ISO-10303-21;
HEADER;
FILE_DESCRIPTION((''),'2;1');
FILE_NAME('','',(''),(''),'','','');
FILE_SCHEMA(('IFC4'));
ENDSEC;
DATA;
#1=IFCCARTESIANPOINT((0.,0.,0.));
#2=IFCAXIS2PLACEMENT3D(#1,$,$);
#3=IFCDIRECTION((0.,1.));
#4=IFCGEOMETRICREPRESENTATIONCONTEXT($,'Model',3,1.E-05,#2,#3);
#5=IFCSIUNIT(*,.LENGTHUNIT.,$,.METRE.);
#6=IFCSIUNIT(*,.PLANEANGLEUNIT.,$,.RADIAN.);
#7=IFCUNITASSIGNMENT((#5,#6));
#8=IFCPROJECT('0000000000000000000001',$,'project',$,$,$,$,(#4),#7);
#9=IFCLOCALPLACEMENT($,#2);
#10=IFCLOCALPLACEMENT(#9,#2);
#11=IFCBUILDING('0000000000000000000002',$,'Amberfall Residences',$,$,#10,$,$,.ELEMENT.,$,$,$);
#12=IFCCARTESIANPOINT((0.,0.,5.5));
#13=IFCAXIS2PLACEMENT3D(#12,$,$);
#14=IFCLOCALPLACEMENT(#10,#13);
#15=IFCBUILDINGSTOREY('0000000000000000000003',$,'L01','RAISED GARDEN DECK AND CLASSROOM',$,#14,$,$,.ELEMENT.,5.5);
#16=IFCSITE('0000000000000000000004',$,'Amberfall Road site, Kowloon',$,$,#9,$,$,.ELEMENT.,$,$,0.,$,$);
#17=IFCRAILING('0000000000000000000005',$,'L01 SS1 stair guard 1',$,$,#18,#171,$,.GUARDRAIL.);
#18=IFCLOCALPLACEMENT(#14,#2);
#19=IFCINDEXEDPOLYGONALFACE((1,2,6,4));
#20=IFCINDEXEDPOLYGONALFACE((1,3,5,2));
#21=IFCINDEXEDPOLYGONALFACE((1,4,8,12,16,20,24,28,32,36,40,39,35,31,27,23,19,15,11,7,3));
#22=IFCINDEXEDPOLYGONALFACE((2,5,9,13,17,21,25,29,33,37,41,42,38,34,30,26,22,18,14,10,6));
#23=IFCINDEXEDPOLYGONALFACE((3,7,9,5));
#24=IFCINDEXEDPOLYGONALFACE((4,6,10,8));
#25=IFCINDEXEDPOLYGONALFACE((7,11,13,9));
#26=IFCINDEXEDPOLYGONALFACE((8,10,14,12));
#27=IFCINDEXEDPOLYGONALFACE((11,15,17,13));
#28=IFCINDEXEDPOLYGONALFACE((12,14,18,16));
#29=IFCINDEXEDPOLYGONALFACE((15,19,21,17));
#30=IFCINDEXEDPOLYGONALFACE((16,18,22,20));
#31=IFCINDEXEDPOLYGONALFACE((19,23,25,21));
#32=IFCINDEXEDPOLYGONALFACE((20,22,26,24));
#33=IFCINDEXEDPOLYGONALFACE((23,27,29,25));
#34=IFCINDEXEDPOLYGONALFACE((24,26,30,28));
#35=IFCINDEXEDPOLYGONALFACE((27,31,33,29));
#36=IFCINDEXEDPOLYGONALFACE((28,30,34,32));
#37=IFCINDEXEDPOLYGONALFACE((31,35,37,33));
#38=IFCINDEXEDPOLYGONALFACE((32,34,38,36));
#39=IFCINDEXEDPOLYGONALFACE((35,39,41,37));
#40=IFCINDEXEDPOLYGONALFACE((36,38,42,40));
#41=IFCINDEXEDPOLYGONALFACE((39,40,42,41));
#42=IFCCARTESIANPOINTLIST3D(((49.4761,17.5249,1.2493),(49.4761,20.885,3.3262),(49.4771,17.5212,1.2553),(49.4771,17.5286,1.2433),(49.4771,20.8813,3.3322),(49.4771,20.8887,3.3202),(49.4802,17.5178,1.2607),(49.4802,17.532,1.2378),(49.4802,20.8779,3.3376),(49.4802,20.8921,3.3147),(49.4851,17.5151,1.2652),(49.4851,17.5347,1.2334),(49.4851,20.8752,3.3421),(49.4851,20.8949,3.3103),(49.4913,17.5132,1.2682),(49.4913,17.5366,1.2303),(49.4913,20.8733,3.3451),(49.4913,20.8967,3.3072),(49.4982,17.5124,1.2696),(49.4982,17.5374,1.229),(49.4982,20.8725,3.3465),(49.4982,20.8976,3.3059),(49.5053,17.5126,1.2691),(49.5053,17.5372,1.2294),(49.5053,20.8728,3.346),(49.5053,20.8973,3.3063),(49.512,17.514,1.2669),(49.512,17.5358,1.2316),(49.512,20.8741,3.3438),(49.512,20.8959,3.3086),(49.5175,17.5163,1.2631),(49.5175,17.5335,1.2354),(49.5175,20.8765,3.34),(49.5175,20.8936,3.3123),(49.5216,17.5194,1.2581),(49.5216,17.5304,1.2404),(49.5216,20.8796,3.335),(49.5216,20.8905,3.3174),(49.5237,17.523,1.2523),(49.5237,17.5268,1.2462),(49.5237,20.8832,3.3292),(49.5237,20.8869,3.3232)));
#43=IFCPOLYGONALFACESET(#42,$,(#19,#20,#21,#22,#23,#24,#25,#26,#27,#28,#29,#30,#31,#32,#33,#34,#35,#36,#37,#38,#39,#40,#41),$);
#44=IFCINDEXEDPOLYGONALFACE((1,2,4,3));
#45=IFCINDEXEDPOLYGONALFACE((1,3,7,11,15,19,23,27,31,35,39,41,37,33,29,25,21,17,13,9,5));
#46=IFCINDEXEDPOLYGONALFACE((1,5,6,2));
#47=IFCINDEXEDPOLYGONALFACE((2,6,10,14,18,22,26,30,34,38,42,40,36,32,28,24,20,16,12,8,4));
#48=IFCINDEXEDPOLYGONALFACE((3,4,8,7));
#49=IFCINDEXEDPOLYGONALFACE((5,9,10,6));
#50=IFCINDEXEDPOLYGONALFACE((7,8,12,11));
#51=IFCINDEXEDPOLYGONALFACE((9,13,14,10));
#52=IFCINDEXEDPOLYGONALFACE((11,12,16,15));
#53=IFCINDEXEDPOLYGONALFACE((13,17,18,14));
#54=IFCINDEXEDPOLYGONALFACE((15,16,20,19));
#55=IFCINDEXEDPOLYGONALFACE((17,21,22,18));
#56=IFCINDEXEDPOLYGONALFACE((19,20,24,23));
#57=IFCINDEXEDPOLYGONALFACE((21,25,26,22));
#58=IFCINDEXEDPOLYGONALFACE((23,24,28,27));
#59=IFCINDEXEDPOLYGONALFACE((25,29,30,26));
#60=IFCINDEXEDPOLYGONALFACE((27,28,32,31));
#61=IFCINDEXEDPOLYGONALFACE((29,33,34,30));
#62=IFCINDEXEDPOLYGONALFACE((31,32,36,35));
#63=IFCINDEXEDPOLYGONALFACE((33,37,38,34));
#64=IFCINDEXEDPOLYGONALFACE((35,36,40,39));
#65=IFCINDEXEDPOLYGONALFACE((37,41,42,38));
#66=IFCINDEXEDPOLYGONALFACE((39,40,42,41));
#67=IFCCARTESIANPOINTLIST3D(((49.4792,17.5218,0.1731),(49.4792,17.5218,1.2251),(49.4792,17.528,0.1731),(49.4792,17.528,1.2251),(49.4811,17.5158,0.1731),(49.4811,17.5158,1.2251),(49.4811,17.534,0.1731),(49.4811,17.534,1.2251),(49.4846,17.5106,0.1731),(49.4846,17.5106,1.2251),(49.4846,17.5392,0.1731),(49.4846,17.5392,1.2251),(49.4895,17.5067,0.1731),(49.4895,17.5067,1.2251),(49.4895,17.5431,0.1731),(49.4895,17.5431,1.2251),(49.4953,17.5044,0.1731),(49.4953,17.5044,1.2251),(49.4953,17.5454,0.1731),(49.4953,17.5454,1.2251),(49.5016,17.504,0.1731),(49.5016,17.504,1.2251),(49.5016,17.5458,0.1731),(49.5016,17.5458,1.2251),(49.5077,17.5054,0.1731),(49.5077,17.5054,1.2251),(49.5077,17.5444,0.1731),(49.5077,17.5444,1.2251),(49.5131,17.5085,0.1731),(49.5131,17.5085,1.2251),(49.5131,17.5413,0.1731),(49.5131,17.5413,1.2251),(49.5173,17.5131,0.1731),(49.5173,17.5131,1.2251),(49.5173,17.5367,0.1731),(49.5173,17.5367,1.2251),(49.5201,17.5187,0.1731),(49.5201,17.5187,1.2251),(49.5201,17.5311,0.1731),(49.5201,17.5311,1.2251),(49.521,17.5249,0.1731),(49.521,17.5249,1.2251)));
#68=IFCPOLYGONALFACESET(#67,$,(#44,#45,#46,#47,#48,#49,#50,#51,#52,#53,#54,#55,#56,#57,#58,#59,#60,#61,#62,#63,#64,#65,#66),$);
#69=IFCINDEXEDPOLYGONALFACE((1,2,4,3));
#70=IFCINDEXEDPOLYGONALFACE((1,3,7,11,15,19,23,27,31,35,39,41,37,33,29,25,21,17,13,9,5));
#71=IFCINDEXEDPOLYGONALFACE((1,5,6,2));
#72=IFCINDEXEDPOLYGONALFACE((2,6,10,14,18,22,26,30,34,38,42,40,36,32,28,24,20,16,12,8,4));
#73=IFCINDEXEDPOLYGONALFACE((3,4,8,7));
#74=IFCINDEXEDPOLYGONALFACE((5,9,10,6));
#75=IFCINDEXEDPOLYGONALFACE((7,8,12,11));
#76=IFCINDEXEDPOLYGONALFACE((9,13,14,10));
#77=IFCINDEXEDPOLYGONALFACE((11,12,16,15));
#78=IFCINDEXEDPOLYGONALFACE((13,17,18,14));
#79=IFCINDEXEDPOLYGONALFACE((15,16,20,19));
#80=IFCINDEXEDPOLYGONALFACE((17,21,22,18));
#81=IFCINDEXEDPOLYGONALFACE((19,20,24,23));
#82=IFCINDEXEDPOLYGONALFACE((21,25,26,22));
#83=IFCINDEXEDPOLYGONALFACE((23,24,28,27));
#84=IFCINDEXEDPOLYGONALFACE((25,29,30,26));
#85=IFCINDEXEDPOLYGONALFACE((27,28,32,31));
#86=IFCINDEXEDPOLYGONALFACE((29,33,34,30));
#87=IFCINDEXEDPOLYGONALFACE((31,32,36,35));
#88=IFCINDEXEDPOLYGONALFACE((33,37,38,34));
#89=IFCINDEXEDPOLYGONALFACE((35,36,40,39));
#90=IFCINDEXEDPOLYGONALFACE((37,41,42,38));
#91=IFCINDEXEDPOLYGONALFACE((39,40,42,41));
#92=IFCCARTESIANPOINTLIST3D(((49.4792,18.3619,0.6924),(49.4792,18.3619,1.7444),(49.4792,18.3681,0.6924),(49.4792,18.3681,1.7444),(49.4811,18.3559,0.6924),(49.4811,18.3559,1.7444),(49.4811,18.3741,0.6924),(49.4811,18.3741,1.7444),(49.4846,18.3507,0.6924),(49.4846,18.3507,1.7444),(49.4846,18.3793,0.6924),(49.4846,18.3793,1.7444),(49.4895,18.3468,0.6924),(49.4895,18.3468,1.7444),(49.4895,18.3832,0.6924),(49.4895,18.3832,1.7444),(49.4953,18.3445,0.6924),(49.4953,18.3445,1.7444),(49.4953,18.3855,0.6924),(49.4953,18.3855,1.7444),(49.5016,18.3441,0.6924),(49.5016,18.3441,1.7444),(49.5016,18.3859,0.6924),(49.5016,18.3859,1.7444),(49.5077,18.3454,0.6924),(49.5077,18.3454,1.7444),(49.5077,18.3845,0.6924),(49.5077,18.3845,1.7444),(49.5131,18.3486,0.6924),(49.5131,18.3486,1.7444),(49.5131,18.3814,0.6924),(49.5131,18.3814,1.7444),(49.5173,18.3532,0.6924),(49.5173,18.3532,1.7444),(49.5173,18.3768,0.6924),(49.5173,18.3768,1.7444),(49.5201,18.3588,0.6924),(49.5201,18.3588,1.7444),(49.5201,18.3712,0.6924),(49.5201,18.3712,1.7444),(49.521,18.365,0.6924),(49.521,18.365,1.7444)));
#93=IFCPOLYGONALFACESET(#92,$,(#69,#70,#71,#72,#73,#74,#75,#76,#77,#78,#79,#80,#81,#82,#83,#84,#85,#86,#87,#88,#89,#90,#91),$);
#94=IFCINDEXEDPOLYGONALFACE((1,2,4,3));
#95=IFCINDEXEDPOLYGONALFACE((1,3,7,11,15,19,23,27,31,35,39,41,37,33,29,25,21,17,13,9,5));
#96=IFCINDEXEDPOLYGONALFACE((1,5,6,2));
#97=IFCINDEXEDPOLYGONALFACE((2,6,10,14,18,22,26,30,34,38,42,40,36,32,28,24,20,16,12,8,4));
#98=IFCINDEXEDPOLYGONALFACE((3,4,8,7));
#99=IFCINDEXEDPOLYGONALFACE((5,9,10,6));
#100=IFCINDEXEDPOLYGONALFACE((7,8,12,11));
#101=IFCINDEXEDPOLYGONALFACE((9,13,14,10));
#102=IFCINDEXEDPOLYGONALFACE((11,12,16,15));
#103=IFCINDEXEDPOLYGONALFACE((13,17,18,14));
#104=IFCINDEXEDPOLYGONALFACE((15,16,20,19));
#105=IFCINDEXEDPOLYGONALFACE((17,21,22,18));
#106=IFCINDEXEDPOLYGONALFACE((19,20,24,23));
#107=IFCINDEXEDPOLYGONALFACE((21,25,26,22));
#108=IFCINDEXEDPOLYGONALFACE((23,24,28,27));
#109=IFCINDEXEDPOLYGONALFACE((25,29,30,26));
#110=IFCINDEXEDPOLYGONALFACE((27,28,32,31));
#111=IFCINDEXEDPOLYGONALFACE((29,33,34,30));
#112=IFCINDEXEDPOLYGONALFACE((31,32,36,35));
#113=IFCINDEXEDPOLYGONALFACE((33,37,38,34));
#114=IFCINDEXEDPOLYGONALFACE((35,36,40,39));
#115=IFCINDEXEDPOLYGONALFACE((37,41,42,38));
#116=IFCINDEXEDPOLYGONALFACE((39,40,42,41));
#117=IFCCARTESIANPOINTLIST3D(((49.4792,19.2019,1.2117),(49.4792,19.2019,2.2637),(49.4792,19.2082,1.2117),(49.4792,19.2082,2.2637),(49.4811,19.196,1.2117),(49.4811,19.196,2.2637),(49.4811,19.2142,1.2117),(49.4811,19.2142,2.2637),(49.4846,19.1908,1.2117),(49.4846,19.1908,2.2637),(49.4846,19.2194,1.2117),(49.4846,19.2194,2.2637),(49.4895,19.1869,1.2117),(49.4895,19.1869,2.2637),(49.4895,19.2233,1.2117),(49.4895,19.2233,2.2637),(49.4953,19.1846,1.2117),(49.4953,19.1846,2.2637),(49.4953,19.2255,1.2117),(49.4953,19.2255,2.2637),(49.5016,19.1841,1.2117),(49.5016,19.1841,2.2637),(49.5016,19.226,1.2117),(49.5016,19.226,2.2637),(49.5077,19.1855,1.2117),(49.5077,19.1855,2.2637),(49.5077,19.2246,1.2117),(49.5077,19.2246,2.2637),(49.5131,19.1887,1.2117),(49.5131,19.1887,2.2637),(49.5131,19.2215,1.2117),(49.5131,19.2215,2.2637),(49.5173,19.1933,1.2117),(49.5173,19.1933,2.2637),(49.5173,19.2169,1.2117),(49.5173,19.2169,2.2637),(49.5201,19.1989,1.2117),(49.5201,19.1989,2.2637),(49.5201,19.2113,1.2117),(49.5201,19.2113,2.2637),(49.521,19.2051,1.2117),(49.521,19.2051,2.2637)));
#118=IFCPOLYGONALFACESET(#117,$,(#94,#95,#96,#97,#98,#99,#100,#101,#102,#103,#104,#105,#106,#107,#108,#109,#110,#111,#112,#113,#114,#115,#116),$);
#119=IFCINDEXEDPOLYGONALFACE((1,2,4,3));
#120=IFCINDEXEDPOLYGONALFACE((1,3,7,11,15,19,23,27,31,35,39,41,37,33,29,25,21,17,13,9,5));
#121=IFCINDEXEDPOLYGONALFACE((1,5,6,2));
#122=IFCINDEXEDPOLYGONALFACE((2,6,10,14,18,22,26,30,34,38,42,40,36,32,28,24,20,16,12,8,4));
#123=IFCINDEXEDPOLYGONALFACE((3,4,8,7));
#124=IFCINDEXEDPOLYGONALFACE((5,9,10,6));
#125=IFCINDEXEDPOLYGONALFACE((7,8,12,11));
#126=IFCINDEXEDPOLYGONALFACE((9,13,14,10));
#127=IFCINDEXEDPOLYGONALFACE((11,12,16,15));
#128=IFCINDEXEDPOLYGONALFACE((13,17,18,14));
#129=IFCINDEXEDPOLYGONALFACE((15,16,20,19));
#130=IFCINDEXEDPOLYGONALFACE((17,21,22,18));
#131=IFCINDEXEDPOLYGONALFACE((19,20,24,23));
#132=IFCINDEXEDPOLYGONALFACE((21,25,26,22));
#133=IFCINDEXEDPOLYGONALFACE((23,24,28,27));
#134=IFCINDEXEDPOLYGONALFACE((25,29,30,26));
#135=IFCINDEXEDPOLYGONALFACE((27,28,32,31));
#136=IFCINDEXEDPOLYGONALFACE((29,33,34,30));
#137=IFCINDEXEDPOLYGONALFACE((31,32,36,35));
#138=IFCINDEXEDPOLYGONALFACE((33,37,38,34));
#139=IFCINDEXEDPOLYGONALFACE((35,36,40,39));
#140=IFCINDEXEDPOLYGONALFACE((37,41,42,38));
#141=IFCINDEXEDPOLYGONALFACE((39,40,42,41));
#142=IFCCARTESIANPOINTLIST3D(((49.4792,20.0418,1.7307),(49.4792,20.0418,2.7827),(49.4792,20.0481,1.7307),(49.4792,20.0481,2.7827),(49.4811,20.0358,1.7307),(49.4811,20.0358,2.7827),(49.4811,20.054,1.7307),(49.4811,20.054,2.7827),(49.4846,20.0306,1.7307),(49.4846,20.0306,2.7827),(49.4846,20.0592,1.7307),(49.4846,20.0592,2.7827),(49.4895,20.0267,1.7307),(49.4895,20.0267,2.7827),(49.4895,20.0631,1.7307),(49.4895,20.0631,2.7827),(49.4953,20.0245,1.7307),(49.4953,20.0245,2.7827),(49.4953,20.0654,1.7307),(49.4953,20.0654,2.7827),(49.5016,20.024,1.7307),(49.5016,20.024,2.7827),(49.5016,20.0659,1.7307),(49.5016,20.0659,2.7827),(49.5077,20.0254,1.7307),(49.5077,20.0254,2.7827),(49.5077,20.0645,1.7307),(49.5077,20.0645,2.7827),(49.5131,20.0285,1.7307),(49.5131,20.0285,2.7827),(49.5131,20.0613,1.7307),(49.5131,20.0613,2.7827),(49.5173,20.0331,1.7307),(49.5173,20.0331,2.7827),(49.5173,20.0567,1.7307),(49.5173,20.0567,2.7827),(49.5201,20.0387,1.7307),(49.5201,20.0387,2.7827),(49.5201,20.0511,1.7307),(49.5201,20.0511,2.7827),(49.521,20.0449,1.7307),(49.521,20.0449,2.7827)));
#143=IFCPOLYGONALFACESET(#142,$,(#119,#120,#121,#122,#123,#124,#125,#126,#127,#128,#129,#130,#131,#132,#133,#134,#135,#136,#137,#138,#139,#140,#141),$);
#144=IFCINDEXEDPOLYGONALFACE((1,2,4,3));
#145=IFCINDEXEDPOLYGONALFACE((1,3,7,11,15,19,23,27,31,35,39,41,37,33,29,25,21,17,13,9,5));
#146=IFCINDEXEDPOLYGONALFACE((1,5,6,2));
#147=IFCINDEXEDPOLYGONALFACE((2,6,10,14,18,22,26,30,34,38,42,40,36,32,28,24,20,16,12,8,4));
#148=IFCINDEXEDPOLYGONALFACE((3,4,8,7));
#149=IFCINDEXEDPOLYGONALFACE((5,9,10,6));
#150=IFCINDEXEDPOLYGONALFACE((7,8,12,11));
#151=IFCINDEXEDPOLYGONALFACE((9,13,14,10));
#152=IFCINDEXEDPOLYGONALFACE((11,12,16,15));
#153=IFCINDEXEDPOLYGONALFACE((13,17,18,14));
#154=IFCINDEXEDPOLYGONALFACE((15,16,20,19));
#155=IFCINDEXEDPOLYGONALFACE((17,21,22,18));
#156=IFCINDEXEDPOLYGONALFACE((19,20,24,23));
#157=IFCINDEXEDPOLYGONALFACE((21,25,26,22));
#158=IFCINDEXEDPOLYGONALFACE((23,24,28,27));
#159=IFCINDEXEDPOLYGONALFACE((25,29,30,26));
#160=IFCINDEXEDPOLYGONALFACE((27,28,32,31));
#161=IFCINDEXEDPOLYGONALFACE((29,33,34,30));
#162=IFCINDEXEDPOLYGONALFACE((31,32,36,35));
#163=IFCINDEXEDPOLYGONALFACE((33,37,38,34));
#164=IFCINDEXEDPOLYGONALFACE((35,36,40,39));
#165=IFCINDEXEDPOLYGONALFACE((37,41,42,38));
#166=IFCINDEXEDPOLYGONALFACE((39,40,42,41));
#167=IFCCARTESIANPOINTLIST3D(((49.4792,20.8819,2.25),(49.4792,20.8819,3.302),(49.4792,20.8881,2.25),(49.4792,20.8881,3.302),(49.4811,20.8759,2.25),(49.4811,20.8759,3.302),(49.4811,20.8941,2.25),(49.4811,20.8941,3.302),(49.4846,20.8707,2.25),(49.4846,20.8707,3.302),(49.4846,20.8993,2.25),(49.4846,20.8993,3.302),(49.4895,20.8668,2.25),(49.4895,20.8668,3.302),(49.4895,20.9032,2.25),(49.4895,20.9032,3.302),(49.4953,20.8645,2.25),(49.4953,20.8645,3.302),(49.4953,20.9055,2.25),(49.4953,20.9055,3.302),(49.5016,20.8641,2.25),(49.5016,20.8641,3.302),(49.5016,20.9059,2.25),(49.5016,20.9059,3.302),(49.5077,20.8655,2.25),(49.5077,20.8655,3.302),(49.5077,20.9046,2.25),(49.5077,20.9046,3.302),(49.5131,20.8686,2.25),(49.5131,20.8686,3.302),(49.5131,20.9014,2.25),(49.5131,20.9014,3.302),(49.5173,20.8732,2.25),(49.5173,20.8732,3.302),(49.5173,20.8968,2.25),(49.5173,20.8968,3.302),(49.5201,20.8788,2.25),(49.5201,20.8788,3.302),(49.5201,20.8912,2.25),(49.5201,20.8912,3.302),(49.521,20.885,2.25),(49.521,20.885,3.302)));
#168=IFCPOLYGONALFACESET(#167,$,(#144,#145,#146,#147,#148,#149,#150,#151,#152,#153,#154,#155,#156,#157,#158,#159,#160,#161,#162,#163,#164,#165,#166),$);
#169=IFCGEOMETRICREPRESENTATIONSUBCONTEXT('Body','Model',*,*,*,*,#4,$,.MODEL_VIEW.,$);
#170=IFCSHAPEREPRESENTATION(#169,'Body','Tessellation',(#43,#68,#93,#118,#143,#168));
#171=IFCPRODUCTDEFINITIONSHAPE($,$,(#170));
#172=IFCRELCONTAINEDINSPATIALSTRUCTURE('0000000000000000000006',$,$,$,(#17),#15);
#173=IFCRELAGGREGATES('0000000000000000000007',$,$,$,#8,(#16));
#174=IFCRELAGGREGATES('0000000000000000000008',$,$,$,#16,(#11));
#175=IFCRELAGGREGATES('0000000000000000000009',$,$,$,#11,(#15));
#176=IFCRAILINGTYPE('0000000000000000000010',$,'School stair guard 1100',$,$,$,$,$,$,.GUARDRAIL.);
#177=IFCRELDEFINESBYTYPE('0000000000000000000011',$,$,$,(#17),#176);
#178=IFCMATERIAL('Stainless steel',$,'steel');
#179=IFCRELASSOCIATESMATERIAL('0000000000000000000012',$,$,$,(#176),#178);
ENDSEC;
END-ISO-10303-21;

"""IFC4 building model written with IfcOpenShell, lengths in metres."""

from ifc_helpers import new_model, si_unit, direction, frame, origin, origin_2d, place, context, subcontext, project, spatial, circle, extrude, material, type_object, element, save


model = new_model("IFC4")

# Units and contexts
model_context = context("Model", 3, precision=1e-05, world=origin(), true_north=direction((0.0, 1.0)))
body_context = subcontext(model_context, "Body", "Model", "MODEL_VIEW")
ifc_project = project(units=[si_unit("LENGTHUNIT", "METRE"), si_unit("PLANEANGLEUNIT", "RADIAN")], contexts=[model_context])

# Site, building, storey
site_placement = place(None, origin())
site = spatial("IfcSite", under=ifc_project, at=site_placement, Name="Amberfall Road site, Kowloon", CompositionType="ELEMENT", RefElevation=0.0)
building_placement = place(site_placement, origin())
building = spatial("IfcBuilding", under=site, at=building_placement, Name="Amberfall Residences", CompositionType="ELEMENT")
storey_placement = place(building_placement, frame((0.0, 0.0, 5.5)))
storey = spatial("IfcBuildingStorey", under=building, at=storey_placement, Name="L01", Description="RAISED GARDEN DECK AND CLASSROOM", CompositionType="ELEMENT", Elevation=5.5)

# Railing
ifc_material_1 = material(Name="Stainless steel", Category="steel")
railing_type_1 = type_object("IfcRailingType", Name="School stair guard 1100", PredefinedType="GUARDRAIL", material=ifc_material_1)
railing_1_placement = place(storey_placement, frame((49.5, 17.5249, 0.1731)))
element("IfcRailing", 1, at=railing_1_placement, inside=storey, type_object=railing_type_1, Name="L01 SS1 stair guard 1", PredefinedType="GUARDRAIL", context=body_context, shape_type="SweptSolid", body=[
    extrude(circle(Radius=0.0239, at=origin_2d()), frame((0.0, 0.0, 1.0762), z_axis=(0.0, 0.850623, 0.525776), x_axis=(-1.0, 0.0, 0.0)), (0.0, 0.0, 1.0), 3.9502),
    extrude(circle(Radius=0.021, at=origin_2d()), origin(), (0.0, 0.0, 1.0), 1.052),
    extrude(circle(Radius=0.021, at=origin_2d()), frame((0.0, 0.8401, 0.5193)), (0.0, 0.0, 1.0), 1.052),
    extrude(circle(Radius=0.021, at=origin_2d()), frame((0.0, 1.6802, 1.0386)), (0.0, 0.0, 1.0), 1.052),
    extrude(circle(Radius=0.021, at=origin_2d()), frame((0.0, 2.52, 1.5576)), (0.0, 0.0, 1.0), 1.052),
    extrude(circle(Radius=0.021, at=origin_2d()), frame((0.0, 3.3601, 2.0769)), (0.0, 0.0, 1.0), 1.052),
])

save(model, "model.ifc")
